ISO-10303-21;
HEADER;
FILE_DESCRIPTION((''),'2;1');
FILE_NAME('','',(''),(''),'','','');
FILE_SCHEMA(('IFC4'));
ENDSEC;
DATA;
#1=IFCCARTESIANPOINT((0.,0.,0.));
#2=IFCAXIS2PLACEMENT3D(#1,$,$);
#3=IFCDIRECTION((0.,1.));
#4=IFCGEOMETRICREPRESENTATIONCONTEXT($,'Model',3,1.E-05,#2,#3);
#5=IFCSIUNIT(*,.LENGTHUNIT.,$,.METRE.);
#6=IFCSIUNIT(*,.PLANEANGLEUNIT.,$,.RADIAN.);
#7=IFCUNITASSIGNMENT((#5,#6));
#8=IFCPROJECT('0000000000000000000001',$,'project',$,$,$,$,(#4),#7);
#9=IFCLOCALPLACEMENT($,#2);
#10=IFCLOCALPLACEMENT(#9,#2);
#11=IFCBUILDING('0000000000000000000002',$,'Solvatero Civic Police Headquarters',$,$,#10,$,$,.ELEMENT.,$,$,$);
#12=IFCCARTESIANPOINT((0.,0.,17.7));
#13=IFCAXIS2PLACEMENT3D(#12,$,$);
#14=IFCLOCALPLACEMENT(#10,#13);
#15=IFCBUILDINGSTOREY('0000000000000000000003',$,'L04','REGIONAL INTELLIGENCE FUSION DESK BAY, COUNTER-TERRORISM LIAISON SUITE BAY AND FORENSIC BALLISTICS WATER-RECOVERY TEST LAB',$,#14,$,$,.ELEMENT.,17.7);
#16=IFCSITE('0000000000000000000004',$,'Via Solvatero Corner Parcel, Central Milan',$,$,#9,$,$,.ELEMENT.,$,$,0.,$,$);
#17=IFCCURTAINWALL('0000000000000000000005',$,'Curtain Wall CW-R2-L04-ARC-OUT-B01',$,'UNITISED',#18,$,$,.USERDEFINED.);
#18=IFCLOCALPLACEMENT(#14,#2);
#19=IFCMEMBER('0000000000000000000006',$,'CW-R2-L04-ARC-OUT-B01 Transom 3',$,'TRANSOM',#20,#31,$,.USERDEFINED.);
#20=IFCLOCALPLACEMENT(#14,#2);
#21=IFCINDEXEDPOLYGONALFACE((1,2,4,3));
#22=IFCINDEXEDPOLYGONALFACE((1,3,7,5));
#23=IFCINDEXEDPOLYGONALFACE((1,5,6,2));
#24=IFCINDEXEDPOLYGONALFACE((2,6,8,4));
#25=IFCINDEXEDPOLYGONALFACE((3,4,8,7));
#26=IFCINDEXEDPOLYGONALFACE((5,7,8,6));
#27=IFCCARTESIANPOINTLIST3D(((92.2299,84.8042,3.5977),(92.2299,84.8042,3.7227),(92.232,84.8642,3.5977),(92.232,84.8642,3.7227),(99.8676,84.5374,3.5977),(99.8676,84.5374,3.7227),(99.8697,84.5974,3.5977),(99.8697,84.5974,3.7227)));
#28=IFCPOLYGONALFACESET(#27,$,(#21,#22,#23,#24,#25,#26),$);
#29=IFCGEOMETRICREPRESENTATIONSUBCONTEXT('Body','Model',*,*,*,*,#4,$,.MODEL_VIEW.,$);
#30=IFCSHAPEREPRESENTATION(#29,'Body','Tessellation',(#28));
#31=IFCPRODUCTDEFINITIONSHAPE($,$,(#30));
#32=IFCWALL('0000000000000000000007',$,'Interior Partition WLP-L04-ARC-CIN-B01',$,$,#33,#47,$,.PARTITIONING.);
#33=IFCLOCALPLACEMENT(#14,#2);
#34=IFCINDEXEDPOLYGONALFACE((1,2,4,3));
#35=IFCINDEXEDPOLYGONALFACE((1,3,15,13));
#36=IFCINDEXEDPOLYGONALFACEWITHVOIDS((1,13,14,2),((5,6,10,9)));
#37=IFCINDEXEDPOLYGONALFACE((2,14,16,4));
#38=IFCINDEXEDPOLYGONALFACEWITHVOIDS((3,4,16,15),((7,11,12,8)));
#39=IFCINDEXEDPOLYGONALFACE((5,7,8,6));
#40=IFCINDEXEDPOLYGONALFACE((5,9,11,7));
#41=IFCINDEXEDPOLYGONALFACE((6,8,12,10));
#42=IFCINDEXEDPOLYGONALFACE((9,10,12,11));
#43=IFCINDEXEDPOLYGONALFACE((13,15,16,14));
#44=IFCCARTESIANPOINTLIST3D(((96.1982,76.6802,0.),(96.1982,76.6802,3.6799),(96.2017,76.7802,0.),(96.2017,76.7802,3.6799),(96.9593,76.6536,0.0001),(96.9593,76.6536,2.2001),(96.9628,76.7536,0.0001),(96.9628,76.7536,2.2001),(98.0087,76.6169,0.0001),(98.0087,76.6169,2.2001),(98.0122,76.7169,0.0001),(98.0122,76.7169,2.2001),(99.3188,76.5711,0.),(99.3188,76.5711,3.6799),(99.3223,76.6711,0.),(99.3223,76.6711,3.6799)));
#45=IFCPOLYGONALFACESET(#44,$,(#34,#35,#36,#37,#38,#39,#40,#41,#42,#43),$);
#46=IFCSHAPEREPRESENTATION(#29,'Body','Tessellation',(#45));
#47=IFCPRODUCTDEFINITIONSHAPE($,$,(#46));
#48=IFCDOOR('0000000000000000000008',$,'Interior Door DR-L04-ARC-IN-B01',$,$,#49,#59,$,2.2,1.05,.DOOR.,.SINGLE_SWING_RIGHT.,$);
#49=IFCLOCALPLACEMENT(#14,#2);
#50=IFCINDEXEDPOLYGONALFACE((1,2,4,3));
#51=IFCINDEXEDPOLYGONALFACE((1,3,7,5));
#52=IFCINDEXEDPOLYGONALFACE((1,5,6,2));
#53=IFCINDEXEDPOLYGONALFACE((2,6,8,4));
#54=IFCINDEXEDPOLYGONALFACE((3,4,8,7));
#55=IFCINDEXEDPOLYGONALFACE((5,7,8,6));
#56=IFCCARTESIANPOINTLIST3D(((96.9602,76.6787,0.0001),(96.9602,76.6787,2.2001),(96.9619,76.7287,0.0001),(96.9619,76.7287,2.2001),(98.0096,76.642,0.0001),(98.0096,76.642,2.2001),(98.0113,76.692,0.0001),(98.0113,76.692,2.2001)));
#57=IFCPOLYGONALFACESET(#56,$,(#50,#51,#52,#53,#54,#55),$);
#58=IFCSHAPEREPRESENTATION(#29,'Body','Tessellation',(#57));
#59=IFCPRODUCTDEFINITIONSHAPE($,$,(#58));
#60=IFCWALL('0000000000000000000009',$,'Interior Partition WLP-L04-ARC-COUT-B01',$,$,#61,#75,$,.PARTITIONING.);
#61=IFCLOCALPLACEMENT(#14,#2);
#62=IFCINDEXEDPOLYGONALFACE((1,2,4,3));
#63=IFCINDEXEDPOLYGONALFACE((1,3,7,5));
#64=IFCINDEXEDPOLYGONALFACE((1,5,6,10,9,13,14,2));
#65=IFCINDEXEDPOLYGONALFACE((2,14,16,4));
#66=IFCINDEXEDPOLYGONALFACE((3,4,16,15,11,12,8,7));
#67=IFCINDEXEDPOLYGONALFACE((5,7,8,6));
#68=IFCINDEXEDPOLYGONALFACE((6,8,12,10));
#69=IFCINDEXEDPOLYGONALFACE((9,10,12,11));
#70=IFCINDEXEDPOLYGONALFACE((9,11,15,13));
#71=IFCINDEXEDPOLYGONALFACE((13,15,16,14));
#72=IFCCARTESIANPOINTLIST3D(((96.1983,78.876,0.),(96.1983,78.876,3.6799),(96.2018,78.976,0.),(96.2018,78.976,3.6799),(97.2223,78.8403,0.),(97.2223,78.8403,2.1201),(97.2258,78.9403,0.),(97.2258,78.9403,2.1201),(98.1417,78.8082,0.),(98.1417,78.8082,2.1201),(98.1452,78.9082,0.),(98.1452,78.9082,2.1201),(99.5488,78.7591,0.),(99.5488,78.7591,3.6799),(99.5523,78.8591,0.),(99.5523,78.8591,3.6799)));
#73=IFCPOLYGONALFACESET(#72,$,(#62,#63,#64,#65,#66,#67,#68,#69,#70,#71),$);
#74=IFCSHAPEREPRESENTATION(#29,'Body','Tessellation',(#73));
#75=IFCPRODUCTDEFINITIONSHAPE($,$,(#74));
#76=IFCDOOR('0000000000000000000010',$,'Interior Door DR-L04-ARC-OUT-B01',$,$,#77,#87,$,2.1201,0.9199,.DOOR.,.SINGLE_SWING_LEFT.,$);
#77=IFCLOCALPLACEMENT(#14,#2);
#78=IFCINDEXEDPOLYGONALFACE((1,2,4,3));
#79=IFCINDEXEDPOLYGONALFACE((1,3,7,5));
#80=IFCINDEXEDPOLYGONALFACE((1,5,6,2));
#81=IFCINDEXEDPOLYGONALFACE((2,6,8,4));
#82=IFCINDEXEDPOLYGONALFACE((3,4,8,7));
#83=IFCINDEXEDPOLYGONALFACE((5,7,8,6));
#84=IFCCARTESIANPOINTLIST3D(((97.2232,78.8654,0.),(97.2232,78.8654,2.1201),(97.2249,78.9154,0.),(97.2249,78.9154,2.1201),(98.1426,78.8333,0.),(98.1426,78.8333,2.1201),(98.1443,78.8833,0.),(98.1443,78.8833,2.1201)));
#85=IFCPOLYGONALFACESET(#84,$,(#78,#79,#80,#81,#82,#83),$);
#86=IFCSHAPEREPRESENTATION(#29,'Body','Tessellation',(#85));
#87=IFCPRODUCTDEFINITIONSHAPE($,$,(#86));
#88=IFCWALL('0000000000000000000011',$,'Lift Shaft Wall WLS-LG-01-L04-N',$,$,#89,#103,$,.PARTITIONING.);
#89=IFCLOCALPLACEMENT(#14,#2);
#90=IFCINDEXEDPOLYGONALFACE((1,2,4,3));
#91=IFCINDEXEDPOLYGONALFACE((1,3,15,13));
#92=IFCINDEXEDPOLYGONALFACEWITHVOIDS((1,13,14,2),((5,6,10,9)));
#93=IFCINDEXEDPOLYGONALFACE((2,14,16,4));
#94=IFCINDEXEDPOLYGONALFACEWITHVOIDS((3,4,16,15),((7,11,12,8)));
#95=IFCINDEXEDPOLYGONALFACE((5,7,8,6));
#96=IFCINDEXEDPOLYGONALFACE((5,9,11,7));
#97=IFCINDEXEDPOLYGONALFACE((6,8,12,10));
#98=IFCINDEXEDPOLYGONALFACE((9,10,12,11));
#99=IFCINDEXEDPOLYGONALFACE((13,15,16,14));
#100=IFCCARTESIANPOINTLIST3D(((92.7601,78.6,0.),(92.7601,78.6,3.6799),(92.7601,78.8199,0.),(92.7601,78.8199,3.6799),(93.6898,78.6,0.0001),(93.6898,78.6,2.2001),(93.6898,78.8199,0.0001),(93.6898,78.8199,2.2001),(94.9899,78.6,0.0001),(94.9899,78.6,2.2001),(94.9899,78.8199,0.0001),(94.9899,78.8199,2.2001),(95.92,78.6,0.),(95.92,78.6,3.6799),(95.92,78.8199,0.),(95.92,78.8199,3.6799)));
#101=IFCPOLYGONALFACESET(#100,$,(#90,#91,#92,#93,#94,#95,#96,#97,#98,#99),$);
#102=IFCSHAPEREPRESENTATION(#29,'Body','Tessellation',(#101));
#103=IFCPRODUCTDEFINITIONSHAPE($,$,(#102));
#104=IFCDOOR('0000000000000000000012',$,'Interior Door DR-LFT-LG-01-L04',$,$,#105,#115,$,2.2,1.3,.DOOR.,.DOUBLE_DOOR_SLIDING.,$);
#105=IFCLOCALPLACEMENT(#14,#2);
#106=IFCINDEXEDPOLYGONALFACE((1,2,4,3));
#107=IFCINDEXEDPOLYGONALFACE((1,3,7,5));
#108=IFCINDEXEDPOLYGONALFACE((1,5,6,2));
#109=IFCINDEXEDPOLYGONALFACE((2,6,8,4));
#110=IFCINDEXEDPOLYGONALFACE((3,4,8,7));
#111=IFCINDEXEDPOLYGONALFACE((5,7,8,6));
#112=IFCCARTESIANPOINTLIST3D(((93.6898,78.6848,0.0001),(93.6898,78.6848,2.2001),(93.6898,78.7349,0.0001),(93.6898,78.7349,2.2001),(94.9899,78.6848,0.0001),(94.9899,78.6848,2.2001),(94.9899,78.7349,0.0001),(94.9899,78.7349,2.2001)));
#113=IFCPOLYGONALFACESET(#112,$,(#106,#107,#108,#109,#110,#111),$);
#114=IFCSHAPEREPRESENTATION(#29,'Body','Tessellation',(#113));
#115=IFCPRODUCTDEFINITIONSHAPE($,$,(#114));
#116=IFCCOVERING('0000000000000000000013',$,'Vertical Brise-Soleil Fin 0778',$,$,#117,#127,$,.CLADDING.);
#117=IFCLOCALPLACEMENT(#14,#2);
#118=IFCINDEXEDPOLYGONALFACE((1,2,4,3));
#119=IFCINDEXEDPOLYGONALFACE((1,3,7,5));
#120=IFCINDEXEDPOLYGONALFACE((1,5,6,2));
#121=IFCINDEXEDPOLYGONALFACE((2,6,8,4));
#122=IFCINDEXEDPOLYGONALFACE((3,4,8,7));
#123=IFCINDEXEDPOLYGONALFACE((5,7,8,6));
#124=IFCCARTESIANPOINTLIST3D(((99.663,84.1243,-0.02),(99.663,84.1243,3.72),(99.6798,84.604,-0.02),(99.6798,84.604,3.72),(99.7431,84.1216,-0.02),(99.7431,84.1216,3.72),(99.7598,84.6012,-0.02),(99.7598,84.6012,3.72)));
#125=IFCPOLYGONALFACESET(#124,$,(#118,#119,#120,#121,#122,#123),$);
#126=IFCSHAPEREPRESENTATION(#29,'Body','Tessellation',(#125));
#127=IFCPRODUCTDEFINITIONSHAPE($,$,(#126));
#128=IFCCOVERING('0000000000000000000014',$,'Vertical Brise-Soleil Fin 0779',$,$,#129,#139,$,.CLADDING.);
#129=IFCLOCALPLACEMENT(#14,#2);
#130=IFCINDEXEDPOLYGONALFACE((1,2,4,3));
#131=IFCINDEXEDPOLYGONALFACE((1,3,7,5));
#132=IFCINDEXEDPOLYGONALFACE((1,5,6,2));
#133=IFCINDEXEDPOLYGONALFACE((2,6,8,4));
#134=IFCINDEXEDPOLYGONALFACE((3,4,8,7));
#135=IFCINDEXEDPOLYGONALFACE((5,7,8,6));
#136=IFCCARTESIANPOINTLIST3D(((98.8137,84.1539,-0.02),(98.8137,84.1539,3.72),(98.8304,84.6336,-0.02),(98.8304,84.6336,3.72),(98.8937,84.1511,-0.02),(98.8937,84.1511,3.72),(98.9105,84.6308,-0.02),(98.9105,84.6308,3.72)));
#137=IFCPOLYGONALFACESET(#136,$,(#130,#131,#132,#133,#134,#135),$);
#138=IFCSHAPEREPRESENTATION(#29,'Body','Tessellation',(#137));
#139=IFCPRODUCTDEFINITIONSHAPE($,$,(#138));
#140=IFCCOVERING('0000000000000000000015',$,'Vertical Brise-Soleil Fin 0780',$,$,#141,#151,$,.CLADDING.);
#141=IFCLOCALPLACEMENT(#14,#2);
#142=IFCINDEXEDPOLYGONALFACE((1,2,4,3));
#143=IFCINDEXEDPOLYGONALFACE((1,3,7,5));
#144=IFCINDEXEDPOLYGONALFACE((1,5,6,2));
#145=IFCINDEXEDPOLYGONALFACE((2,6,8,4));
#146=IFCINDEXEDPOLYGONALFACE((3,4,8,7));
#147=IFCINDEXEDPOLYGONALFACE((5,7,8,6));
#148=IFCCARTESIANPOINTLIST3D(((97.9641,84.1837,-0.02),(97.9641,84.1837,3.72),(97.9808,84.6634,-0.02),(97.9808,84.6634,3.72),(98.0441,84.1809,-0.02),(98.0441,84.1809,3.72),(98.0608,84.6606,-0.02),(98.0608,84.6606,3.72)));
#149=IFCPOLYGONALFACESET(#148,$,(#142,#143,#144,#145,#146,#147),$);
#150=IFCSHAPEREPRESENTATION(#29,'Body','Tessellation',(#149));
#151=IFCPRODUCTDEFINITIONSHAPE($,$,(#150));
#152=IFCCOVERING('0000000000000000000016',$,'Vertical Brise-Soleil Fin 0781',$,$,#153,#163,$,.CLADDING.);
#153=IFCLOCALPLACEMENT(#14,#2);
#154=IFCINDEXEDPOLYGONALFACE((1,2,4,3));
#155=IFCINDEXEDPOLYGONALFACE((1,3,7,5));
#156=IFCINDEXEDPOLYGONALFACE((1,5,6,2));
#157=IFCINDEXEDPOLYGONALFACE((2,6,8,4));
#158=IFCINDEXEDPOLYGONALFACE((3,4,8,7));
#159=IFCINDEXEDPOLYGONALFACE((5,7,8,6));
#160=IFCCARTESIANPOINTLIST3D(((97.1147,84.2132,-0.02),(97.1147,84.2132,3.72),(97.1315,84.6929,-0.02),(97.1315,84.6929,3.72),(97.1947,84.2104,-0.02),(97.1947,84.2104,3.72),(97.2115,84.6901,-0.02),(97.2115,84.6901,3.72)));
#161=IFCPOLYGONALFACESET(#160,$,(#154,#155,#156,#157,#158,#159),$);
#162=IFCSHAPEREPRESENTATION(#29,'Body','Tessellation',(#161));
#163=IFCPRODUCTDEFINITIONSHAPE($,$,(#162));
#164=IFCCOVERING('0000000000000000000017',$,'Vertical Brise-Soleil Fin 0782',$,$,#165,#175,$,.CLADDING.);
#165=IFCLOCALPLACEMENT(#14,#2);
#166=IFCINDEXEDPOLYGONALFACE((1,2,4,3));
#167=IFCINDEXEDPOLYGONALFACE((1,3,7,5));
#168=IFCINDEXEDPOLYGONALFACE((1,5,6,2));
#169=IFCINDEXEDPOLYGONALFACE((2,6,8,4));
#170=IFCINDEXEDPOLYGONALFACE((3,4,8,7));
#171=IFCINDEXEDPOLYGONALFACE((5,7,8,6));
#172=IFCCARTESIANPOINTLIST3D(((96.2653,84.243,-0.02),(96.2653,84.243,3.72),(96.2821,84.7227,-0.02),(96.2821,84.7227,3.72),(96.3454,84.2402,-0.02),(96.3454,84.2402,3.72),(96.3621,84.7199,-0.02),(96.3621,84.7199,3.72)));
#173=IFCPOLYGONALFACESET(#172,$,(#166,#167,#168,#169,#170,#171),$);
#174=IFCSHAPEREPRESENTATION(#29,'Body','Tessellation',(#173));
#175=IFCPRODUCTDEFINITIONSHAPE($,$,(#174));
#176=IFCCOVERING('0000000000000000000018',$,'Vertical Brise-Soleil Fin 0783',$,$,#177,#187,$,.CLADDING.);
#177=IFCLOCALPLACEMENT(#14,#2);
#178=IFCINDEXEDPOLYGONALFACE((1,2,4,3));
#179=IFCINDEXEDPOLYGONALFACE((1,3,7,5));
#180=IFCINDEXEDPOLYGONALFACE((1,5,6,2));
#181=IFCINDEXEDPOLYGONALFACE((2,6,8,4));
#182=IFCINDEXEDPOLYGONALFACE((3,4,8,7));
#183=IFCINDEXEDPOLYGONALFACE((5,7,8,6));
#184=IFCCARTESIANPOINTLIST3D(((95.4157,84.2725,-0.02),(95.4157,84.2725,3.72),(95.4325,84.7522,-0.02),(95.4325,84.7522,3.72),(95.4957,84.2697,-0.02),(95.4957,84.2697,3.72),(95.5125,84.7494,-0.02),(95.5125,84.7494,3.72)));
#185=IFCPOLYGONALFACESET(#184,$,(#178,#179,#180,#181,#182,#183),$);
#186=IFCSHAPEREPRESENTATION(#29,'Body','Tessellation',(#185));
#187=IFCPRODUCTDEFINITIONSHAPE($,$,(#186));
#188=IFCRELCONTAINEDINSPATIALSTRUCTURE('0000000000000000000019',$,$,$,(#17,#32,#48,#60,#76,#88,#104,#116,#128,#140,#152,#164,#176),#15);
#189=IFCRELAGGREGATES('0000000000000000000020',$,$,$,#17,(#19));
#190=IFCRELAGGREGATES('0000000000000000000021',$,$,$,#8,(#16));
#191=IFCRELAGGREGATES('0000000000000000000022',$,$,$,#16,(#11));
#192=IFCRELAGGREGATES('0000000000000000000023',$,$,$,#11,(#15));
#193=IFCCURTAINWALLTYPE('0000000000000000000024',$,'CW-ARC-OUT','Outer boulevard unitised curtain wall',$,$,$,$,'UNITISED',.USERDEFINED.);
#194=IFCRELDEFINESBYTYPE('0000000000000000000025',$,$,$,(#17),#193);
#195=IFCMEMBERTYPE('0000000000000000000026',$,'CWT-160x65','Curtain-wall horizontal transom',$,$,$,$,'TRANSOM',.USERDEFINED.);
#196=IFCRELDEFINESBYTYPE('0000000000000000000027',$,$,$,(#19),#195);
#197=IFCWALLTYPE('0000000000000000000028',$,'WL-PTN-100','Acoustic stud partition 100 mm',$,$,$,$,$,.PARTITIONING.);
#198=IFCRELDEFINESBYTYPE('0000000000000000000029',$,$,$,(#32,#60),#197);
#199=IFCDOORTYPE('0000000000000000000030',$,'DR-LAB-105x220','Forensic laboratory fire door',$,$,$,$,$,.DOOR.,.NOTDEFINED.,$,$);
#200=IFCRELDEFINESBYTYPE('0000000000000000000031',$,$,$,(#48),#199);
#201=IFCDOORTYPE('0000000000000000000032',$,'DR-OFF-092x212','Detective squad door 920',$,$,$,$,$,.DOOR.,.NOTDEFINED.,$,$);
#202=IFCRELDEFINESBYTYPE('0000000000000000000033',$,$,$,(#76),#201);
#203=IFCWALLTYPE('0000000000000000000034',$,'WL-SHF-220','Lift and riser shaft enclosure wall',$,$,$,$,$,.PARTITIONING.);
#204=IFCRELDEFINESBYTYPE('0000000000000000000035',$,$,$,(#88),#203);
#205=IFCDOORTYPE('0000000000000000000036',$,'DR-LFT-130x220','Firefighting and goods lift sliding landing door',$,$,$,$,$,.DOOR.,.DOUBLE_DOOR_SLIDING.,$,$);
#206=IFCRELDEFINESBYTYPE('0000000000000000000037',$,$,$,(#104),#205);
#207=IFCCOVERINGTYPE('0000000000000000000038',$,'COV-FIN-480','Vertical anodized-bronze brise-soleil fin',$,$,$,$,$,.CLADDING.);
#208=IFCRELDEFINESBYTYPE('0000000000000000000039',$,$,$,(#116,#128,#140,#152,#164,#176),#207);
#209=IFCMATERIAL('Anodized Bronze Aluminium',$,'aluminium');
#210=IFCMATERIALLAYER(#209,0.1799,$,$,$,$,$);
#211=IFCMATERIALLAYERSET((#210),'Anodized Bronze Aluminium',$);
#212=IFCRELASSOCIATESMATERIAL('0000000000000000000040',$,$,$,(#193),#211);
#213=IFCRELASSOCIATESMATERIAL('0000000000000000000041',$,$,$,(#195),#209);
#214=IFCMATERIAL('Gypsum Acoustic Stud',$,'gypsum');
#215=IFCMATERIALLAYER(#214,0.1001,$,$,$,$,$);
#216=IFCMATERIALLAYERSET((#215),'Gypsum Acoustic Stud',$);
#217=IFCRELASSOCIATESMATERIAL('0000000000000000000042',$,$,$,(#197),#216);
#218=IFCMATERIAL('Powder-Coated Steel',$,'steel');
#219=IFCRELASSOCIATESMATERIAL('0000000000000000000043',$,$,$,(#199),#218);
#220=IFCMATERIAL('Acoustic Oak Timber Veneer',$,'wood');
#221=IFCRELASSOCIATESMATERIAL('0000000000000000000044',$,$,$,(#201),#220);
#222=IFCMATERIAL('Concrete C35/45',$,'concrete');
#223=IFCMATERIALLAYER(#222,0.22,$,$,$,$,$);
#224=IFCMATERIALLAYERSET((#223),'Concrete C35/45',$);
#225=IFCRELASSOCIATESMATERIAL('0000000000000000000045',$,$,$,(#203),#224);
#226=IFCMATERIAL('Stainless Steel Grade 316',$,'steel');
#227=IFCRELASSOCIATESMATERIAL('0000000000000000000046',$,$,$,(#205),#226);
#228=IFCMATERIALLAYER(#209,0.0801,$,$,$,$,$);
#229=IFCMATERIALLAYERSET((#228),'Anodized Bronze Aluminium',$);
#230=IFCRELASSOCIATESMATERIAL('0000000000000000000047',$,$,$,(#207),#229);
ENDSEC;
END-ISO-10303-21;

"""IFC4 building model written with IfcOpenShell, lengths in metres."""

from ifc_helpers import new_model, si_unit, direction, frame, frame_2d, origin, origin_2d, place, context, subcontext, project, spatial, rectangle, extrude, material, layer, layer_set, material_profile, profile_set, type_object, element, fill, aggregate, save


model = new_model("IFC4")

# Units and contexts
model_context = context("Model", 3, precision=1e-05, world=origin(), true_north=direction((0.0, 1.0)))
body_context = subcontext(model_context, "Body", "Model", "MODEL_VIEW")
ifc_project = project(units=[si_unit("LENGTHUNIT", "METRE"), si_unit("PLANEANGLEUNIT", "RADIAN")], contexts=[model_context])

# Site, building, storey
site_placement = place(None, origin())
site = spatial("IfcSite", under=ifc_project, at=site_placement, Name="Via Solvatero Corner Parcel, Central Milan", CompositionType="ELEMENT", RefElevation=0.0)
building_placement = place(site_placement, origin())
building = spatial("IfcBuilding", under=site, at=building_placement, Name="Solvatero Civic Police Headquarters", CompositionType="ELEMENT")
storey_placement = place(building_placement, frame((0.0, 0.0, 17.7)))
storey = spatial("IfcBuildingStorey", under=building, at=storey_placement, Name="L04", Description="REGIONAL INTELLIGENCE FUSION DESK BAY, COUNTER-TERRORISM LIAISON SUITE BAY AND FORENSIC BALLISTICS WATER-RECOVERY TEST LAB", CompositionType="ELEMENT", Elevation=17.7)

# Curtain wall, member
ifc_material_1 = material(Name="Anodized Bronze Aluminium", Category="aluminium")
ifc_layer_1 = layer(ifc_material_1, 0.1799)
ifc_layer_set_1 = layer_set([ifc_layer_1], Name="Anodized Bronze Aluminium")
curtain_wall_type = type_object("IfcCurtainWallType", Name="CW-ARC-OUT", Description="Outer boulevard unitised curtain wall", ElementType="UNITISED", PredefinedType="USERDEFINED", material=ifc_layer_set_1)
curtain_wall_placement = place(storey_placement, origin())
curtain_wall = element("IfcCurtainWall", 1, at=curtain_wall_placement, inside=storey, type_object=curtain_wall_type, Name="Curtain Wall CW-R2-L04-ARC-OUT-B01", ObjectType="UNITISED", PredefinedType="USERDEFINED")
ifc_material_profile_1 = material_profile(ifc_material_1, rectangle(XDim=0.0601, YDim=0.125, at=origin_2d()), Name="ALU TRANSOM 60x125")
ifc_profile_set_1 = profile_set([ifc_material_profile_1], Name="Anodized Bronze Aluminium")
member_type_1 = type_object("IfcMemberType", Name="CWT-160x65", Description="Curtain-wall horizontal transom", ElementType="TRANSOM", PredefinedType="USERDEFINED", material=ifc_profile_set_1)
member_1_placement = place(storey_placement, frame((99.8687, 84.5674, 3.6602), z_axis=(-0.99939, 0.034917, 0.0), x_axis=(-0.034917, -0.99939, 0.0)))
member_1 = element("IfcMember", 2, at=member_1_placement, type_object=member_type_1, Name="CW-R2-L04-ARC-OUT-B01 Transom 3", ObjectType="TRANSOM", PredefinedType="USERDEFINED", context=body_context, shape_type="SweptSolid", body=[
    extrude(rectangle(XDim=0.0601, YDim=0.125, at=origin_2d()), origin(), (0.0, 0.0, 1.0), 7.6423),
])
aggregate(curtain_wall, [member_1])

# Walls, openings, doors
ifc_material_2 = material(Name="Gypsum Acoustic Stud", Category="gypsum")
ifc_layer_2 = layer(ifc_material_2, 0.1001)
ifc_layer_set_2 = layer_set([ifc_layer_2], Name="Gypsum Acoustic Stud")
wall_type_1 = type_object("IfcWallType", Name="WL-PTN-100", Description="Acoustic stud partition 100 mm", PredefinedType="PARTITIONING", material=ifc_layer_set_2)
wall_1_placement = place(storey_placement, frame((99.3206, 76.6211, 0.0), z_axis=(0.0, 0.0, 1.0), x_axis=(-0.999389, 0.03495, 0.0)))
wall_1 = element("IfcWall", 3, at=wall_1_placement, inside=storey, type_object=wall_type_1, Name="Interior Partition WLP-L04-ARC-CIN-B01", PredefinedType="PARTITIONING", context=body_context, shape_type="SweptSolid", body=[
    extrude(rectangle(XDim=3.1226, YDim=0.1001, at=frame_2d((1.5613, 0.0))), origin(), (0.0, 0.0, 1.0), 3.6799),
])
opening_1_placement = place(wall_1_placement, frame((1.311, 0.0, 0.0)))
opening_1 = element("IfcOpeningElement", 4, at=opening_1_placement, cuts=wall_1, PredefinedType="OPENING", context=body_context, shape_type="SweptSolid", body=[
    extrude(rectangle(XDim=1.05, YDim=2.2, at=frame_2d((0.5249, 1.1001))), frame((0.0, 0.0601, 0.0), z_axis=(0.0, -1.0, 0.0), x_axis=(1.0, 0.0, 0.0)), (0.0, 0.0, 1.0), 0.1201),
])
ifc_material_3 = material(Name="Powder-Coated Steel", Category="steel")
door_type_1 = type_object("IfcDoorType", Name="DR-LAB-105x220", Description="Forensic laboratory fire door", OperationType="NOTDEFINED", PredefinedType="DOOR", material=ifc_material_3)
door_1_placement = place(opening_1_placement, origin())
door_1 = element("IfcDoor", 5, at=door_1_placement, inside=storey, type_object=door_type_1, Name="Interior Door DR-L04-ARC-IN-B01", OperationType="SINGLE_SWING_RIGHT", OverallHeight=2.2, OverallWidth=1.05, PredefinedType="DOOR", context=body_context, shape_type="SweptSolid", body=[
    extrude(rectangle(XDim=1.05, YDim=2.2, at=frame_2d((0.5249, 1.1001))), frame((0.0, 0.0249, 0.0), z_axis=(0.0, -1.0, 0.0), x_axis=(1.0, 0.0, 0.0)), (0.0, 0.0, 1.0), 0.05),
])
fill(opening_1, door_1)
wall_2_placement = place(storey_placement, frame((99.5505, 78.8091, 0.0), z_axis=(0.0, 0.0, 1.0), x_axis=(-0.999391, 0.034881, 0.0)))
wall_2 = element("IfcWall", 6, at=wall_2_placement, inside=storey, type_object=wall_type_1, Name="Interior Partition WLP-L04-ARC-COUT-B01", PredefinedType="PARTITIONING", context=body_context, shape_type="SweptSolid", body=[
    extrude(rectangle(XDim=3.3525, YDim=0.1001, at=frame_2d((1.6763, 0.0))), origin(), (0.0, 0.0, 1.0), 3.6799),
])
opening_2_placement = place(wall_2_placement, frame((1.408, 0.0, 0.0)))
opening_2 = element("IfcOpeningElement", 7, at=opening_2_placement, cuts=wall_2, PredefinedType="OPENING", context=body_context, shape_type="SweptSolid", body=[
    extrude(rectangle(XDim=0.9199, YDim=2.1201, at=frame_2d((0.46, 1.0601))), frame((0.0, 0.0601, 0.0), z_axis=(0.0, -1.0, 0.0), x_axis=(1.0, 0.0, 0.0)), (0.0, 0.0, 1.0), 0.1201),
])
ifc_material_4 = material(Name="Acoustic Oak Timber Veneer", Category="wood")
door_type_2 = type_object("IfcDoorType", Name="DR-OFF-092x212", Description="Detective squad door 920", OperationType="NOTDEFINED", PredefinedType="DOOR", material=ifc_material_4)
door_2_placement = place(opening_2_placement, origin())
door_2 = element("IfcDoor", 8, at=door_2_placement, inside=storey, type_object=door_type_2, Name="Interior Door DR-L04-ARC-OUT-B01", OperationType="SINGLE_SWING_LEFT", OverallHeight=2.1201, OverallWidth=0.9199, PredefinedType="DOOR", context=body_context, shape_type="SweptSolid", body=[
    extrude(rectangle(XDim=0.9199, YDim=2.1201, at=frame_2d((0.46, 1.0601))), frame((0.0, 0.0249, 0.0), z_axis=(0.0, -1.0, 0.0), x_axis=(1.0, 0.0, 0.0)), (0.0, 0.0, 1.0), 0.05),
])
fill(opening_2, door_2)
ifc_material_5 = material(Name="Concrete C35/45", Category="concrete")
ifc_layer_3 = layer(ifc_material_5, 0.22)
ifc_layer_set_3 = layer_set([ifc_layer_3], Name="Concrete C35/45")
wall_type_2 = type_object("IfcWallType", Name="WL-SHF-220", Description="Lift and riser shaft enclosure wall", PredefinedType="PARTITIONING", material=ifc_layer_set_3)
wall_3_placement = place(storey_placement, frame((92.76, 78.71, 0.0), z_axis=(0.0, 0.0, 1.0), x_axis=(1.0, 0.0, 0.0)))
wall_3 = element("IfcWall", 9, at=wall_3_placement, inside=storey, type_object=wall_type_2, Name="Lift Shaft Wall WLS-LG-01-L04-N", PredefinedType="PARTITIONING", context=body_context, shape_type="SweptSolid", body=[
    extrude(rectangle(XDim=3.1599, YDim=0.22, at=frame_2d((1.5801, 0.0))), origin(), (0.0, 0.0, 1.0), 3.6799),
])
opening_3_placement = place(wall_3_placement, frame((0.9299, 0.0, 0.0)))
opening_3 = element("IfcOpeningElement", 10, at=opening_3_placement, cuts=wall_3, PredefinedType="OPENING", context=body_context, shape_type="SweptSolid", body=[
    extrude(rectangle(XDim=1.3, YDim=2.2, at=frame_2d((0.6499, 1.1001))), frame((0.0, 0.1199, 0.0), z_axis=(0.0, -1.0, 0.0), x_axis=(1.0, 0.0, 0.0)), (0.0, 0.0, 1.0), 0.24),
])
ifc_material_6 = material(Name="Stainless Steel Grade 316", Category="steel")
door_type_3 = type_object("IfcDoorType", Name="DR-LFT-130x220", Description="Firefighting and goods lift sliding landing door", OperationType="DOUBLE_DOOR_SLIDING", PredefinedType="DOOR", material=ifc_material_6)
door_3_placement = place(opening_3_placement, origin())
door_3 = element("IfcDoor", 11, at=door_3_placement, inside=storey, type_object=door_type_3, Name="Interior Door DR-LFT-LG-01-L04", OperationType="DOUBLE_DOOR_SLIDING", OverallHeight=2.2, OverallWidth=1.3, PredefinedType="DOOR", context=body_context, shape_type="SweptSolid", body=[
    extrude(rectangle(XDim=1.3, YDim=2.2, at=frame_2d((0.6499, 1.1001))), frame((0.0, 0.0249, 0.0), z_axis=(0.0, -1.0, 0.0), x_axis=(1.0, 0.0, 0.0)), (0.0, 0.0, 1.0), 0.05),
])
fill(opening_3, door_3)

# Coverings
ifc_layer_4 = layer(ifc_material_1, 0.0801)
ifc_layer_set_4 = layer_set([ifc_layer_4], Name="Anodized Bronze Aluminium")
covering_type = type_object("IfcCoveringType", Name="COV-FIN-480", Description="Vertical anodized-bronze brise-soleil fin", PredefinedType="CLADDING", material=ifc_layer_set_4)
for number, where, z_axis, x_axis, name in (
    (12, (99.7114, 84.3628, -0.02), (0.0, 0.0, 1.0), (-0.99939, 0.034917, 0.0), "Vertical Brise-Soleil Fin 0778"),
    (13, (98.8621, 84.3923, -0.02), (0.0, 0.0, 1.0), (-0.99939, 0.034917, 0.0), "Vertical Brise-Soleil Fin 0779"),
    (14, (98.0125, 84.4221, -0.02), (0.0, 0.0, 1.0), (-0.99939, 0.034917, 0.0), "Vertical Brise-Soleil Fin 0780"),
    (15, (97.1631, 84.4517, -0.02), (0.0, 0.0, 1.0), (-0.99939, 0.034917, 0.0), "Vertical Brise-Soleil Fin 0781"),
    (16, (96.3137, 84.4814, -0.02), (0.0, 0.0, 1.0), (-0.99939, 0.034917, 0.0), "Vertical Brise-Soleil Fin 0782"),
    (17, (95.4641, 84.511, -0.02), (0.0, 0.0, 1.0), (-0.99939, 0.034917, 0.0), "Vertical Brise-Soleil Fin 0783"),
):
    element("IfcCovering", number, at=place(storey_placement, frame(where, z_axis=z_axis, x_axis=x_axis)), inside=storey, type_object=covering_type, Name=name, PredefinedType="CLADDING", context=body_context, shape_type="SweptSolid", body=[
        extrude(rectangle(XDim=0.0801, YDim=0.48, at=origin_2d()), origin(), (0.0, 0.0, 1.0), 3.74),
    ])

save(model, "model.ifc")
